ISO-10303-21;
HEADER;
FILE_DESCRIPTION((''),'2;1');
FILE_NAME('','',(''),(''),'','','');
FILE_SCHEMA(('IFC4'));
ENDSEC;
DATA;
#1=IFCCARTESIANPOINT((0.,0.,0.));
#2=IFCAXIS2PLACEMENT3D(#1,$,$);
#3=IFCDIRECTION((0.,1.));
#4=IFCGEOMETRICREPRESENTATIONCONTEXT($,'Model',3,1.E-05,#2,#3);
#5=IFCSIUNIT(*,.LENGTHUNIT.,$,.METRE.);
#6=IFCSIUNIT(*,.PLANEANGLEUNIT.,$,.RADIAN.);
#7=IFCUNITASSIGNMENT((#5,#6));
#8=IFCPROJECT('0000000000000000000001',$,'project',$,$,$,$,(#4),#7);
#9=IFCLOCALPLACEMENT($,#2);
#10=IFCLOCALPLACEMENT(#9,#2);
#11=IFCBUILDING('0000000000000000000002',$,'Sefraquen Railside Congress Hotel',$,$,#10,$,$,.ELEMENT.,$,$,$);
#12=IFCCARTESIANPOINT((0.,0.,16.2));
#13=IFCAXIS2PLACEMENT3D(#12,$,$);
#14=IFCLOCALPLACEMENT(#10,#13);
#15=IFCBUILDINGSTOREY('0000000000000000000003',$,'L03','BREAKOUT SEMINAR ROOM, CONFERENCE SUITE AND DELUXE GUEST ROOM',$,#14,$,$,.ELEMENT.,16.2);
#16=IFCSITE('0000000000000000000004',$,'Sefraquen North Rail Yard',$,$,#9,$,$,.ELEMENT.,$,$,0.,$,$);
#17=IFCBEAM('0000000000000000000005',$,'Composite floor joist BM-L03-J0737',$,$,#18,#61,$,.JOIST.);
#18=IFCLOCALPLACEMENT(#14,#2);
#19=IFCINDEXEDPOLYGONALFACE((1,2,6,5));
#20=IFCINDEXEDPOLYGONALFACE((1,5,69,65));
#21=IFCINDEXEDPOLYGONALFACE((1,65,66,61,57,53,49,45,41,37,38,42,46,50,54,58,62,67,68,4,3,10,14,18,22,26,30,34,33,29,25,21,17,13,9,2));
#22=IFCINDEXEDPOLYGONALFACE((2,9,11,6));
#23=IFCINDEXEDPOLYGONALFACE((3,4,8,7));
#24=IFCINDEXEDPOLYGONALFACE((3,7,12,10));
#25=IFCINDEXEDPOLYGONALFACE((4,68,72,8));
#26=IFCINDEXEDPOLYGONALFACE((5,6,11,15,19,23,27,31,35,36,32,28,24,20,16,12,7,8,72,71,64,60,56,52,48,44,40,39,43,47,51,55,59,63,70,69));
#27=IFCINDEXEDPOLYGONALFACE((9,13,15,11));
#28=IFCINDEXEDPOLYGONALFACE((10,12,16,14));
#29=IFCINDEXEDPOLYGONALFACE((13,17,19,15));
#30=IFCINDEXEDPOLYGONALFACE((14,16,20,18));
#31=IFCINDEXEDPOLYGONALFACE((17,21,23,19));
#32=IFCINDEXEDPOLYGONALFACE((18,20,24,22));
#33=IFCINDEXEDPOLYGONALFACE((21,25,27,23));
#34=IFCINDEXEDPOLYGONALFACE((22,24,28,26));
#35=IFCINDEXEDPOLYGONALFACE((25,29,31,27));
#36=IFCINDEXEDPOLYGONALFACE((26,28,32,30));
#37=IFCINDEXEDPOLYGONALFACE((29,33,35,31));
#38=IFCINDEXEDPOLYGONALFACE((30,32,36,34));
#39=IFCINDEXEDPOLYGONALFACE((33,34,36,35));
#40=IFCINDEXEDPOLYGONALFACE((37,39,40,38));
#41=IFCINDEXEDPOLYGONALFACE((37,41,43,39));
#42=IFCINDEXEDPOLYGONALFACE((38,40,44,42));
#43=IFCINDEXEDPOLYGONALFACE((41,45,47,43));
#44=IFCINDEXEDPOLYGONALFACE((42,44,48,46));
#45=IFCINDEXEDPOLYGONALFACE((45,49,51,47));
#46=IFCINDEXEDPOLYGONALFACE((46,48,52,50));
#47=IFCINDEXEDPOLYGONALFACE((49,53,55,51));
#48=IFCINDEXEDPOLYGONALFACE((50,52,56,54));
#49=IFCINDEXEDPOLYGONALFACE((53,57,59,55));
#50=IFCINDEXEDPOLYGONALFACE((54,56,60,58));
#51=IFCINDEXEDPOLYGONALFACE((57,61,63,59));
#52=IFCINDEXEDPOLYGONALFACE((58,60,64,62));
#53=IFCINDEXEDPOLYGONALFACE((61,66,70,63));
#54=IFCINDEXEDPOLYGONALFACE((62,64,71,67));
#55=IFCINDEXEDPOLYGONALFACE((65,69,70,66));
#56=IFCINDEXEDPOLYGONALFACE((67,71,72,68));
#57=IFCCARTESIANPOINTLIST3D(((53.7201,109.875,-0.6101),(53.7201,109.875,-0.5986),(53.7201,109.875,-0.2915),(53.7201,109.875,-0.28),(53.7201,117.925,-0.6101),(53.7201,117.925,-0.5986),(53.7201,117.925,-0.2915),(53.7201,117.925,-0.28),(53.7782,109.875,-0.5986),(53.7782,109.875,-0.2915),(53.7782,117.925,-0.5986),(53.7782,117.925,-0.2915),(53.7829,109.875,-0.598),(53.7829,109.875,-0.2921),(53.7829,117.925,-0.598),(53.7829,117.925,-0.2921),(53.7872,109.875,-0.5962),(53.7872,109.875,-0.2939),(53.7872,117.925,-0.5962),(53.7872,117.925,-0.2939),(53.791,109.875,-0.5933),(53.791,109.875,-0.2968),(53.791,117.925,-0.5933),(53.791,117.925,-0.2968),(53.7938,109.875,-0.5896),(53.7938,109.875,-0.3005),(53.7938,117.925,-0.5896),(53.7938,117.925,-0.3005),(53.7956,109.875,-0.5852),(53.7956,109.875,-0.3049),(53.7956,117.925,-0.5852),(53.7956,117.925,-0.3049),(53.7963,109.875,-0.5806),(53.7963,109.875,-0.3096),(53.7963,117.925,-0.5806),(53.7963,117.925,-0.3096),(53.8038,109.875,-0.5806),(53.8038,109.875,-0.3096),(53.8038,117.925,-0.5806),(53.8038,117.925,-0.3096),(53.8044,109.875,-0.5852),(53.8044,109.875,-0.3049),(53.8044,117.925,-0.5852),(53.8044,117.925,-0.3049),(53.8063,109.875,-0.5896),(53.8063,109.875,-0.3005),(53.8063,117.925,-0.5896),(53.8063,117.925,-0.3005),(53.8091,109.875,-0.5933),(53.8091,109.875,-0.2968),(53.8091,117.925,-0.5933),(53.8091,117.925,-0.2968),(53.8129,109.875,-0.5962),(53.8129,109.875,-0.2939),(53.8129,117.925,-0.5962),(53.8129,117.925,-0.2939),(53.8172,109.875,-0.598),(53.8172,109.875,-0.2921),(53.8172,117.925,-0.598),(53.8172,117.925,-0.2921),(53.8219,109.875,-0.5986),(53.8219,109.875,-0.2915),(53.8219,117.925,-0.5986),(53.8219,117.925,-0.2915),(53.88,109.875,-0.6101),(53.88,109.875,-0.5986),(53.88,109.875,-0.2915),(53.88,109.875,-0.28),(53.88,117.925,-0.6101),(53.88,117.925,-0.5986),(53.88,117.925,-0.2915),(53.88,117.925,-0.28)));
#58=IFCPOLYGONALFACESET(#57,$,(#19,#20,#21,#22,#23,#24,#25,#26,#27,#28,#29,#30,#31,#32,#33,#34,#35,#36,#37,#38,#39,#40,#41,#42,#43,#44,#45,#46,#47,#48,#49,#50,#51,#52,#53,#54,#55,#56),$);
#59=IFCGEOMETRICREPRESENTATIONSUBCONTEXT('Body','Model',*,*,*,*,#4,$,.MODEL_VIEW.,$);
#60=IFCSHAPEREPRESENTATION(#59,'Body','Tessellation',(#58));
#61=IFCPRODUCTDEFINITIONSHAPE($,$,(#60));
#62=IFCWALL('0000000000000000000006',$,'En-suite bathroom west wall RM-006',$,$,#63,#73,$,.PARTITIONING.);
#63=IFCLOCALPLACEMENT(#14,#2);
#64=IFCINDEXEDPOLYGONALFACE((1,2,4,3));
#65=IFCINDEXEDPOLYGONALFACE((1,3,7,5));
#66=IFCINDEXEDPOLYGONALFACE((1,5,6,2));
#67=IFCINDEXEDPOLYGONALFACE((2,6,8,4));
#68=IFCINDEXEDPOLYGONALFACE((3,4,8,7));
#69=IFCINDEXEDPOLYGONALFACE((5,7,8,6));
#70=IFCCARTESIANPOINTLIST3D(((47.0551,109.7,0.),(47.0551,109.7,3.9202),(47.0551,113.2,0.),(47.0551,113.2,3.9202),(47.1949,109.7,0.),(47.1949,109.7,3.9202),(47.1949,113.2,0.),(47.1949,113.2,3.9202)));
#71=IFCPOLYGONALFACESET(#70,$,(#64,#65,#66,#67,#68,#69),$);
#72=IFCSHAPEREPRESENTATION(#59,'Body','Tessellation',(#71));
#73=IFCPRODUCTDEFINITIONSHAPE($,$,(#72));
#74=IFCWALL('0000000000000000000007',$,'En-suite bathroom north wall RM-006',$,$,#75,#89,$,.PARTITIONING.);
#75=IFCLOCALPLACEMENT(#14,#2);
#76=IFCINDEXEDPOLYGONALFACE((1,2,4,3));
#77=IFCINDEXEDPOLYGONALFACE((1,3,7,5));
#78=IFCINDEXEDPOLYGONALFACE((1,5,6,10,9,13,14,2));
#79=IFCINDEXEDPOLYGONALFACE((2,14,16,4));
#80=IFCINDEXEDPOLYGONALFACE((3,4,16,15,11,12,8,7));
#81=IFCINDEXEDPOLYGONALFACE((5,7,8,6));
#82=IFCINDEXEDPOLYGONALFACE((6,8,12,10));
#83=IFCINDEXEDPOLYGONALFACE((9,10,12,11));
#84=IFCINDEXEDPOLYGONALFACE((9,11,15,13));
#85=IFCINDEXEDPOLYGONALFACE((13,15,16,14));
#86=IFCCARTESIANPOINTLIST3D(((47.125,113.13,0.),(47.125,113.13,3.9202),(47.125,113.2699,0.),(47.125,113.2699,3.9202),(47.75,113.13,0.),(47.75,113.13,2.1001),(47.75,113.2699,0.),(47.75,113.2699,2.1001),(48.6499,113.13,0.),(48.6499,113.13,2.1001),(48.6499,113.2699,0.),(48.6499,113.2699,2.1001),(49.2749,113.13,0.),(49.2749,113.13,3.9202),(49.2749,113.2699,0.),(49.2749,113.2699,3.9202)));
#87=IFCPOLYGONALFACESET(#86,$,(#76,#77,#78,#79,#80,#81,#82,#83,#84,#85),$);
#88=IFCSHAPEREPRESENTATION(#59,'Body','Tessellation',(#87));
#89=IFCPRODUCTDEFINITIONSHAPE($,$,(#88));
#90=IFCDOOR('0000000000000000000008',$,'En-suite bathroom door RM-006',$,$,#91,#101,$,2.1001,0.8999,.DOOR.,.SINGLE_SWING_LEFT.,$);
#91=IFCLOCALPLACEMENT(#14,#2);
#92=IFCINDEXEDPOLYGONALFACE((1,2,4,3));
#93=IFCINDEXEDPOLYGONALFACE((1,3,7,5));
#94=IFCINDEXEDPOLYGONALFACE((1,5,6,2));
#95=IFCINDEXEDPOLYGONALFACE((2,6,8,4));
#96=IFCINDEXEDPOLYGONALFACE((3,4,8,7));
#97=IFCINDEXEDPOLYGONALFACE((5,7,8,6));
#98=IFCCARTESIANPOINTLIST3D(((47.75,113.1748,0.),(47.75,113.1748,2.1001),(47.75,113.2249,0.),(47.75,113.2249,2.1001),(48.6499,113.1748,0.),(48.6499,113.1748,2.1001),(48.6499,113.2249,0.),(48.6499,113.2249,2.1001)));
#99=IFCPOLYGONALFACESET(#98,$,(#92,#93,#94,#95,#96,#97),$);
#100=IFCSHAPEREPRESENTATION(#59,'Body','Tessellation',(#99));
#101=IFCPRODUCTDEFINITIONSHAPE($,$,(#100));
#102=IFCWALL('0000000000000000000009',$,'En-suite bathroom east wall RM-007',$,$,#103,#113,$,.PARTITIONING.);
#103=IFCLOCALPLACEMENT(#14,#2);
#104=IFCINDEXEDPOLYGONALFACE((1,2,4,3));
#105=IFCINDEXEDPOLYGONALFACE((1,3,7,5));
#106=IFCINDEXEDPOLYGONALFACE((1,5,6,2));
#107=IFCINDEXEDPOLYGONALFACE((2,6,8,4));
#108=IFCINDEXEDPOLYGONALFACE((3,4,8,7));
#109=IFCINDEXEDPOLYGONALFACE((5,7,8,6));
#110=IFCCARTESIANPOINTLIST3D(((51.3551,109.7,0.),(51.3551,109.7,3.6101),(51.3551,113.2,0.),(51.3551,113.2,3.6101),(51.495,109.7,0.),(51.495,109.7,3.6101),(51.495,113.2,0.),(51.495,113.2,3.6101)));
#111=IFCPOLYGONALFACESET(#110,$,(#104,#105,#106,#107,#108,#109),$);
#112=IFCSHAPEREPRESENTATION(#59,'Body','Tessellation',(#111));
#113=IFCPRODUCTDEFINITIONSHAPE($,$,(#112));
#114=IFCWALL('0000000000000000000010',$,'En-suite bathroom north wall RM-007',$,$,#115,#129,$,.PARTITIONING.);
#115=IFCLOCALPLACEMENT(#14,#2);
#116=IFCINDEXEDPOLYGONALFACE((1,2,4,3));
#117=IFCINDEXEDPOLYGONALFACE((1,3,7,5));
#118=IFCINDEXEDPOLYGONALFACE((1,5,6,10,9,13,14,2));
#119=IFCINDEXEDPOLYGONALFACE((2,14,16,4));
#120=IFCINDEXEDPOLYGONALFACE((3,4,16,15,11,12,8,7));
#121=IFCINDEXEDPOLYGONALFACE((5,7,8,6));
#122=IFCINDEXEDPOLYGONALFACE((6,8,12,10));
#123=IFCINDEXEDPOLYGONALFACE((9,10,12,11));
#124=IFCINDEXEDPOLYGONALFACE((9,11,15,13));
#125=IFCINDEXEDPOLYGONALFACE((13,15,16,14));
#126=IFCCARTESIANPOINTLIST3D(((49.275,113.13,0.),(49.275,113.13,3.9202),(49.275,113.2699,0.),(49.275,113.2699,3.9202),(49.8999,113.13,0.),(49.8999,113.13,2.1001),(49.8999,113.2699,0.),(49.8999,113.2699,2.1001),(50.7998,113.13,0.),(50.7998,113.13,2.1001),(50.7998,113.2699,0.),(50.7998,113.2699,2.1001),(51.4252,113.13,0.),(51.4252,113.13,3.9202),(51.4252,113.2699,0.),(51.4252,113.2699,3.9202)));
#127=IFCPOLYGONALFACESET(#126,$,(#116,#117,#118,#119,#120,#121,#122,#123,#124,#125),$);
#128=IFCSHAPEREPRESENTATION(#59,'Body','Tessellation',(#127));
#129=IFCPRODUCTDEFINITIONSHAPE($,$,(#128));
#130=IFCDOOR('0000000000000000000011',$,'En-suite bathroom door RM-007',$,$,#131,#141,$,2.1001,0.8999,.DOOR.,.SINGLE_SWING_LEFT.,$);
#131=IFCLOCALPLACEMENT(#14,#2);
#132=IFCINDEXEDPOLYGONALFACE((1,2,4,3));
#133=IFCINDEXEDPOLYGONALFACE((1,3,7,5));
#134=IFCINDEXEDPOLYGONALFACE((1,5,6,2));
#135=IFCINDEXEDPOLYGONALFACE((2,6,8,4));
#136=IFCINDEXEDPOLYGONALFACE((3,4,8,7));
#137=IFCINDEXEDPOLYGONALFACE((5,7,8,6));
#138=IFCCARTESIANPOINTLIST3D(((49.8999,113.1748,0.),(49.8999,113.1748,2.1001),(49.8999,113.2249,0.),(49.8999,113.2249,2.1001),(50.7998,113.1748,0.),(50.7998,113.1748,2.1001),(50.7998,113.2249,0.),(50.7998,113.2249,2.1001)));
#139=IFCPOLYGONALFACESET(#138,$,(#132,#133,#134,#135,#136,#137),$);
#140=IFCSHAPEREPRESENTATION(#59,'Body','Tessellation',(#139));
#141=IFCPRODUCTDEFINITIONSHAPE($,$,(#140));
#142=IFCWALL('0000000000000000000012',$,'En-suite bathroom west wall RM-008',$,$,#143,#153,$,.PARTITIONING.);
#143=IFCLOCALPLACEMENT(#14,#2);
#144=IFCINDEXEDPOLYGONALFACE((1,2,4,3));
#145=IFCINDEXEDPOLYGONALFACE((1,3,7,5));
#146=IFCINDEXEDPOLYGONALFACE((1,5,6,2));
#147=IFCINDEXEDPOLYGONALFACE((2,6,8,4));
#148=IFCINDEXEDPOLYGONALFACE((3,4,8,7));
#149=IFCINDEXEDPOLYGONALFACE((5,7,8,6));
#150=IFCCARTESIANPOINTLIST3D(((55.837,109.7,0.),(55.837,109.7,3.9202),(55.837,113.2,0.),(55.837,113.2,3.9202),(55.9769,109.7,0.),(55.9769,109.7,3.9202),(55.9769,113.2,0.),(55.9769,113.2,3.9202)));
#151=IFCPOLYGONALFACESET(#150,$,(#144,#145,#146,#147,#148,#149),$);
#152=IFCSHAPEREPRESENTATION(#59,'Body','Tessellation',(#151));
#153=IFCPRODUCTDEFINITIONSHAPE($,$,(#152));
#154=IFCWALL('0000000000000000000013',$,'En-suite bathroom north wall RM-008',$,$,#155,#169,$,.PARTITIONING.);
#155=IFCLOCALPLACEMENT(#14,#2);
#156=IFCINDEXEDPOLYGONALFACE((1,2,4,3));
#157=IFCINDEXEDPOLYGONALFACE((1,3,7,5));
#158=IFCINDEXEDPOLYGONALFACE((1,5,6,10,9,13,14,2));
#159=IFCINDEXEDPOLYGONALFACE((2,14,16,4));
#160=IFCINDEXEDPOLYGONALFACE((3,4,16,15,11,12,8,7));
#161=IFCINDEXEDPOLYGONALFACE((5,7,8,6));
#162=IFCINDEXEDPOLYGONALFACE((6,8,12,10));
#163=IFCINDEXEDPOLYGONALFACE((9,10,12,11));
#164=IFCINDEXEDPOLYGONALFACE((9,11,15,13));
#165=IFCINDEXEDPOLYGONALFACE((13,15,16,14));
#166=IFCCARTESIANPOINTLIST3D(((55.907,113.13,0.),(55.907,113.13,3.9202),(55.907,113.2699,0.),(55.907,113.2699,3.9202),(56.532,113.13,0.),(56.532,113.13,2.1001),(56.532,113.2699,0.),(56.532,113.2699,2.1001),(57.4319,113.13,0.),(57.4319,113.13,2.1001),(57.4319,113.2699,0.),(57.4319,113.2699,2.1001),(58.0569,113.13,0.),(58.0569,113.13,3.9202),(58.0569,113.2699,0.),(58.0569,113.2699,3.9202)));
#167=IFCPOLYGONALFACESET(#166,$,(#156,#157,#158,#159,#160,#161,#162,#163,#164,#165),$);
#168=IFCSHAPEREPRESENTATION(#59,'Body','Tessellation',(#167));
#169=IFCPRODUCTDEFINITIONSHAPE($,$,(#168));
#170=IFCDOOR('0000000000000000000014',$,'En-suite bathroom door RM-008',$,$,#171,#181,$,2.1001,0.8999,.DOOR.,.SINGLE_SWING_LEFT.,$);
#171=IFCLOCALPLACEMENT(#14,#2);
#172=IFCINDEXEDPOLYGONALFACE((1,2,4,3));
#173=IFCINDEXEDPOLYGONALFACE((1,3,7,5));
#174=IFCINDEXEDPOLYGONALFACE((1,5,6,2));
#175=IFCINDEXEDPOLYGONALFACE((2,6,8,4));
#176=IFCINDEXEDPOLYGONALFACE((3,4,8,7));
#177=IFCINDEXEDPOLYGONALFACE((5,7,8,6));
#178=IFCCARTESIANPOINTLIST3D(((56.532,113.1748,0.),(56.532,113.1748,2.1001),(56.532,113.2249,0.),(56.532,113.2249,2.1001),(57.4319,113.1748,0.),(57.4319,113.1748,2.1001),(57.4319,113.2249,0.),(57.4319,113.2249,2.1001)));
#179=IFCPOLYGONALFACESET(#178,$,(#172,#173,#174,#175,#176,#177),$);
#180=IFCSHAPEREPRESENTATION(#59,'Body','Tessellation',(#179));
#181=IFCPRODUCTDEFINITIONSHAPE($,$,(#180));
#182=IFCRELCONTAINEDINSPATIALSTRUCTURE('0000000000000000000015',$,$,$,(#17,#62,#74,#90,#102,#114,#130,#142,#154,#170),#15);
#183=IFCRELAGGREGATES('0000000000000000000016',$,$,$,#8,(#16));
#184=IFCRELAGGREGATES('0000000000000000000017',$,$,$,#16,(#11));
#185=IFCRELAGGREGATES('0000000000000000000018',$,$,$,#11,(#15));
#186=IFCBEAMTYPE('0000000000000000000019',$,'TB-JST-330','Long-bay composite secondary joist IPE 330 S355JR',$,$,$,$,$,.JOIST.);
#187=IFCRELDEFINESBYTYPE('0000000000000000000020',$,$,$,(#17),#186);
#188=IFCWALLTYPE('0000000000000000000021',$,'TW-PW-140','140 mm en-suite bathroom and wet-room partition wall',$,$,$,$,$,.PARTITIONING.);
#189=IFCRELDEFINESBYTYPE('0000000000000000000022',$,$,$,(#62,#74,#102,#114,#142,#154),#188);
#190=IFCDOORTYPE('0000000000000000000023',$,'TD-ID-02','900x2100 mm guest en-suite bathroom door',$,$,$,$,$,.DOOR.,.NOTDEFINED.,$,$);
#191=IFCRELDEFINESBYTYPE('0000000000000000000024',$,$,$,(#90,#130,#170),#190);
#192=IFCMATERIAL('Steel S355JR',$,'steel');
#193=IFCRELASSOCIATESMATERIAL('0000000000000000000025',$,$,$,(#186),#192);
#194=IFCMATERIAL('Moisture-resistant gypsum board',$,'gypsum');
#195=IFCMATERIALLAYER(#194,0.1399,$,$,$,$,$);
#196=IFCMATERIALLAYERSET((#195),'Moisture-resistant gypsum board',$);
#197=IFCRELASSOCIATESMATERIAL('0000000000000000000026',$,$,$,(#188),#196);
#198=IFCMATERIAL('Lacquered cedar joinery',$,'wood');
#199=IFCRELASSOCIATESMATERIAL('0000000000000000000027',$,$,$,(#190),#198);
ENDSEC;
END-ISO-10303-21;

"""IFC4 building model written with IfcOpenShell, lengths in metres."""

from ifc_helpers import new_model, si_unit, direction, frame, frame_2d, origin, origin_2d, place, context, subcontext, project, spatial, rectangle, i_section, extrude, material, layer, layer_set, material_profile, profile_set, type_object, element, fill, save


model = new_model("IFC4")

# Units and contexts
model_context = context("Model", 3, precision=1e-05, world=origin(), true_north=direction((0.0, 1.0)))
body_context = subcontext(model_context, "Body", "Model", "MODEL_VIEW")
ifc_project = project(units=[si_unit("LENGTHUNIT", "METRE"), si_unit("PLANEANGLEUNIT", "RADIAN")], contexts=[model_context])

# Site, building, storey
site_placement = place(None, origin())
site = spatial("IfcSite", under=ifc_project, at=site_placement, Name="Sefraquen North Rail Yard", CompositionType="ELEMENT", RefElevation=0.0)
building_placement = place(site_placement, origin())
building = spatial("IfcBuilding", under=site, at=building_placement, Name="Sefraquen Railside Congress Hotel", CompositionType="ELEMENT")
storey_placement = place(building_placement, frame((0.0, 0.0, 16.2)))
storey = spatial("IfcBuildingStorey", under=building, at=storey_placement, Name="L03", Description="BREAKOUT SEMINAR ROOM, CONFERENCE SUITE AND DELUXE GUEST ROOM", CompositionType="ELEMENT", Elevation=16.2)

# Shared definitions
ifc_material_1 = material(Name="Steel S355JR", Category="steel")

# Beam
ifc_material_profile_1 = material_profile(ifc_material_1, i_section(OverallWidth=0.1599, OverallDepth=0.3301, WebThickness=0.0076, FlangeThickness=0.0115, FilletRadius=0.0181, at=origin_2d()), Name="IPE 330")
ifc_profile_set_1 = profile_set([ifc_material_profile_1], Name="Steel S355JR")
beam_type_1 = type_object("IfcBeamType", Name="TB-JST-330", Description="Long-bay composite secondary joist IPE 330 S355JR", PredefinedType="JOIST", material=ifc_profile_set_1)
for number, where, z_axis, x_axis, name in (
    (1, (53.8, 109.875, -0.4451), (0.0, 1.0, 0.0), (-1.0, 0.0, 0.0), "Composite floor joist BM-L03-J0737"),
):
    element("IfcBeam", number, at=place(storey_placement, frame(where, z_axis=z_axis, x_axis=x_axis)), inside=storey, type_object=beam_type_1, Name=name, PredefinedType="JOIST", context=body_context, shape_type="SweptSolid", body=[
        extrude(i_section(OverallWidth=0.1599, OverallDepth=0.3301, WebThickness=0.0076, FlangeThickness=0.0115, FilletRadius=0.0181, at=origin_2d()), origin(), (0.0, 0.0, 1.0), 8.05),
    ])

# Wall
ifc_material_2 = material(Name="Moisture-resistant gypsum board", Category="gypsum")
ifc_layer_1 = layer(ifc_material_2, 0.1399)
ifc_layer_set_1 = layer_set([ifc_layer_1], Name="Moisture-resistant gypsum board")
wall_type_1 = type_object("IfcWallType", Name="TW-PW-140", Description="140 mm en-suite bathroom and wet-room partition wall", PredefinedType="PARTITIONING", material=ifc_layer_set_1)
wall_1_placement = place(storey_placement, frame((47.125, 109.7, 0.0), z_axis=(0.0, 0.0, 1.0), x_axis=(0.0, 1.0, 0.0)))
element("IfcWall", 2, at=wall_1_placement, inside=storey, type_object=wall_type_1, Name="En-suite bathroom west wall RM-006", PredefinedType="PARTITIONING", context=body_context, shape_type="SweptSolid", body=[
    extrude(rectangle(XDim=3.5, YDim=0.1399, at=frame_2d((1.75, 0.0))), origin(), (0.0, 0.0, 1.0), 3.9202),
])

# Wall, opening, door
wall_2_placement = place(storey_placement, frame((47.125, 113.2, 0.0), z_axis=(0.0, 0.0, 1.0), x_axis=(1.0, 0.0, 0.0)))
wall_2 = element("IfcWall", 3, at=wall_2_placement, inside=storey, type_object=wall_type_1, Name="En-suite bathroom north wall RM-006", PredefinedType="PARTITIONING", context=body_context, shape_type="SweptSolid", body=[
    extrude(rectangle(XDim=2.1499, YDim=0.1399, at=frame_2d((1.075, 0.0))), origin(), (0.0, 0.0, 1.0), 3.9202),
])
opening_1_placement = place(wall_2_placement, frame((0.625, 0.0, 0.0)))
opening_1 = element("IfcOpeningElement", 4, at=opening_1_placement, cuts=wall_2, PredefinedType="OPENING", context=body_context, shape_type="SweptSolid", body=[
    extrude(rectangle(XDim=0.8999, YDim=2.1001, at=frame_2d((0.45, 1.05))), frame((0.0, 0.0798, 0.0), z_axis=(0.0, -1.0, 0.0), x_axis=(1.0, 0.0, 0.0)), (0.0, 0.0, 1.0), 0.1599),
])
ifc_material_3 = material(Name="Lacquered cedar joinery", Category="wood")
door_type = type_object("IfcDoorType", Name="TD-ID-02", Description="900x2100 mm guest en-suite bathroom door", OperationType="NOTDEFINED", PredefinedType="DOOR", material=ifc_material_3)
door_1_placement = place(opening_1_placement, origin())
door_1 = element("IfcDoor", 5, at=door_1_placement, inside=storey, type_object=door_type, Name="En-suite bathroom door RM-006", OperationType="SINGLE_SWING_LEFT", OverallHeight=2.1001, OverallWidth=0.8999, PredefinedType="DOOR", context=body_context, shape_type="SweptSolid", body=[
    extrude(rectangle(XDim=0.8999, YDim=2.1001, at=frame_2d((0.45, 1.05))), frame((0.0, 0.0249, 0.0), z_axis=(0.0, -1.0, 0.0), x_axis=(1.0, 0.0, 0.0)), (0.0, 0.0, 1.0), 0.05),
])
fill(opening_1, door_1)

# Wall
wall_3_placement = place(storey_placement, frame((51.425, 109.7, 0.0), z_axis=(0.0, 0.0, 1.0), x_axis=(0.0, 1.0, 0.0)))
element("IfcWall", 6, at=wall_3_placement, inside=storey, type_object=wall_type_1, Name="En-suite bathroom east wall RM-007", PredefinedType="PARTITIONING", context=body_context, shape_type="SweptSolid", body=[
    extrude(rectangle(XDim=3.5, YDim=0.1399, at=frame_2d((1.75, 0.0))), origin(), (0.0, 0.0, 1.0), 3.6101),
])

# Wall, opening, door
wall_4_placement = place(storey_placement, frame((49.2749, 113.2, 0.0), z_axis=(0.0, 0.0, 1.0), x_axis=(1.0, 0.0, 0.0)))
wall_4 = element("IfcWall", 7, at=wall_4_placement, inside=storey, type_object=wall_type_1, Name="En-suite bathroom north wall RM-007", PredefinedType="PARTITIONING", context=body_context, shape_type="SweptSolid", body=[
    extrude(rectangle(XDim=2.1501, YDim=0.1399, at=frame_2d((1.0752, 0.0))), origin(), (0.0, 0.0, 1.0), 3.9202),
])
opening_2_placement = place(wall_4_placement, frame((0.625, 0.0, 0.0)))
opening_2 = element("IfcOpeningElement", 8, at=opening_2_placement, cuts=wall_4, PredefinedType="OPENING", context=body_context, shape_type="SweptSolid", body=[
    extrude(rectangle(XDim=0.8999, YDim=2.1001, at=frame_2d((0.45, 1.05))), frame((0.0, 0.0798, 0.0), z_axis=(0.0, -1.0, 0.0), x_axis=(1.0, 0.0, 0.0)), (0.0, 0.0, 1.0), 0.1599),
])
door_2_placement = place(opening_2_placement, origin())
door_2 = element("IfcDoor", 9, at=door_2_placement, inside=storey, type_object=door_type, Name="En-suite bathroom door RM-007", OperationType="SINGLE_SWING_LEFT", OverallHeight=2.1001, OverallWidth=0.8999, PredefinedType="DOOR", context=body_context, shape_type="SweptSolid", body=[
    extrude(rectangle(XDim=0.8999, YDim=2.1001, at=frame_2d((0.45, 1.05))), frame((0.0, 0.0249, 0.0), z_axis=(0.0, -1.0, 0.0), x_axis=(1.0, 0.0, 0.0)), (0.0, 0.0, 1.0), 0.05),
])
fill(opening_2, door_2)

# Wall
wall_5_placement = place(storey_placement, frame((55.907, 109.7, 0.0), z_axis=(0.0, 0.0, 1.0), x_axis=(0.0, 1.0, 0.0)))
element("IfcWall", 10, at=wall_5_placement, inside=storey, type_object=wall_type_1, Name="En-suite bathroom west wall RM-008", PredefinedType="PARTITIONING", context=body_context, shape_type="SweptSolid", body=[
    extrude(rectangle(XDim=3.5, YDim=0.1399, at=frame_2d((1.75, 0.0))), origin(), (0.0, 0.0, 1.0), 3.9202),
])

# Wall, opening, door
wall_6_placement = place(storey_placement, frame((55.907, 113.2, 0.0), z_axis=(0.0, 0.0, 1.0), x_axis=(1.0, 0.0, 0.0)))
wall_6 = element("IfcWall", 11, at=wall_6_placement, inside=storey, type_object=wall_type_1, Name="En-suite bathroom north wall RM-008", PredefinedType="PARTITIONING", context=body_context, shape_type="SweptSolid", body=[
    extrude(rectangle(XDim=2.1499, YDim=0.1399, at=frame_2d((1.075, 0.0))), origin(), (0.0, 0.0, 1.0), 3.9202),
])
opening_3_placement = place(wall_6_placement, frame((0.625, 0.0, 0.0)))
opening_3 = element("IfcOpeningElement", 12, at=opening_3_placement, cuts=wall_6, PredefinedType="OPENING", context=body_context, shape_type="SweptSolid", body=[
    extrude(rectangle(XDim=0.8999, YDim=2.1001, at=frame_2d((0.45, 1.05))), frame((0.0, 0.0798, 0.0), z_axis=(0.0, -1.0, 0.0), x_axis=(1.0, 0.0, 0.0)), (0.0, 0.0, 1.0), 0.1599),
])
door_3_placement = place(opening_3_placement, origin())
door_3 = element("IfcDoor", 13, at=door_3_placement, inside=storey, type_object=door_type, Name="En-suite bathroom door RM-008", OperationType="SINGLE_SWING_LEFT", OverallHeight=2.1001, OverallWidth=0.8999, PredefinedType="DOOR", context=body_context, shape_type="SweptSolid", body=[
    extrude(rectangle(XDim=0.8999, YDim=2.1001, at=frame_2d((0.45, 1.05))), frame((0.0, 0.0249, 0.0), z_axis=(0.0, -1.0, 0.0), x_axis=(1.0, 0.0, 0.0)), (0.0, 0.0, 1.0), 0.05),
])
fill(opening_3, door_3)

save(model, "model.ifc")
